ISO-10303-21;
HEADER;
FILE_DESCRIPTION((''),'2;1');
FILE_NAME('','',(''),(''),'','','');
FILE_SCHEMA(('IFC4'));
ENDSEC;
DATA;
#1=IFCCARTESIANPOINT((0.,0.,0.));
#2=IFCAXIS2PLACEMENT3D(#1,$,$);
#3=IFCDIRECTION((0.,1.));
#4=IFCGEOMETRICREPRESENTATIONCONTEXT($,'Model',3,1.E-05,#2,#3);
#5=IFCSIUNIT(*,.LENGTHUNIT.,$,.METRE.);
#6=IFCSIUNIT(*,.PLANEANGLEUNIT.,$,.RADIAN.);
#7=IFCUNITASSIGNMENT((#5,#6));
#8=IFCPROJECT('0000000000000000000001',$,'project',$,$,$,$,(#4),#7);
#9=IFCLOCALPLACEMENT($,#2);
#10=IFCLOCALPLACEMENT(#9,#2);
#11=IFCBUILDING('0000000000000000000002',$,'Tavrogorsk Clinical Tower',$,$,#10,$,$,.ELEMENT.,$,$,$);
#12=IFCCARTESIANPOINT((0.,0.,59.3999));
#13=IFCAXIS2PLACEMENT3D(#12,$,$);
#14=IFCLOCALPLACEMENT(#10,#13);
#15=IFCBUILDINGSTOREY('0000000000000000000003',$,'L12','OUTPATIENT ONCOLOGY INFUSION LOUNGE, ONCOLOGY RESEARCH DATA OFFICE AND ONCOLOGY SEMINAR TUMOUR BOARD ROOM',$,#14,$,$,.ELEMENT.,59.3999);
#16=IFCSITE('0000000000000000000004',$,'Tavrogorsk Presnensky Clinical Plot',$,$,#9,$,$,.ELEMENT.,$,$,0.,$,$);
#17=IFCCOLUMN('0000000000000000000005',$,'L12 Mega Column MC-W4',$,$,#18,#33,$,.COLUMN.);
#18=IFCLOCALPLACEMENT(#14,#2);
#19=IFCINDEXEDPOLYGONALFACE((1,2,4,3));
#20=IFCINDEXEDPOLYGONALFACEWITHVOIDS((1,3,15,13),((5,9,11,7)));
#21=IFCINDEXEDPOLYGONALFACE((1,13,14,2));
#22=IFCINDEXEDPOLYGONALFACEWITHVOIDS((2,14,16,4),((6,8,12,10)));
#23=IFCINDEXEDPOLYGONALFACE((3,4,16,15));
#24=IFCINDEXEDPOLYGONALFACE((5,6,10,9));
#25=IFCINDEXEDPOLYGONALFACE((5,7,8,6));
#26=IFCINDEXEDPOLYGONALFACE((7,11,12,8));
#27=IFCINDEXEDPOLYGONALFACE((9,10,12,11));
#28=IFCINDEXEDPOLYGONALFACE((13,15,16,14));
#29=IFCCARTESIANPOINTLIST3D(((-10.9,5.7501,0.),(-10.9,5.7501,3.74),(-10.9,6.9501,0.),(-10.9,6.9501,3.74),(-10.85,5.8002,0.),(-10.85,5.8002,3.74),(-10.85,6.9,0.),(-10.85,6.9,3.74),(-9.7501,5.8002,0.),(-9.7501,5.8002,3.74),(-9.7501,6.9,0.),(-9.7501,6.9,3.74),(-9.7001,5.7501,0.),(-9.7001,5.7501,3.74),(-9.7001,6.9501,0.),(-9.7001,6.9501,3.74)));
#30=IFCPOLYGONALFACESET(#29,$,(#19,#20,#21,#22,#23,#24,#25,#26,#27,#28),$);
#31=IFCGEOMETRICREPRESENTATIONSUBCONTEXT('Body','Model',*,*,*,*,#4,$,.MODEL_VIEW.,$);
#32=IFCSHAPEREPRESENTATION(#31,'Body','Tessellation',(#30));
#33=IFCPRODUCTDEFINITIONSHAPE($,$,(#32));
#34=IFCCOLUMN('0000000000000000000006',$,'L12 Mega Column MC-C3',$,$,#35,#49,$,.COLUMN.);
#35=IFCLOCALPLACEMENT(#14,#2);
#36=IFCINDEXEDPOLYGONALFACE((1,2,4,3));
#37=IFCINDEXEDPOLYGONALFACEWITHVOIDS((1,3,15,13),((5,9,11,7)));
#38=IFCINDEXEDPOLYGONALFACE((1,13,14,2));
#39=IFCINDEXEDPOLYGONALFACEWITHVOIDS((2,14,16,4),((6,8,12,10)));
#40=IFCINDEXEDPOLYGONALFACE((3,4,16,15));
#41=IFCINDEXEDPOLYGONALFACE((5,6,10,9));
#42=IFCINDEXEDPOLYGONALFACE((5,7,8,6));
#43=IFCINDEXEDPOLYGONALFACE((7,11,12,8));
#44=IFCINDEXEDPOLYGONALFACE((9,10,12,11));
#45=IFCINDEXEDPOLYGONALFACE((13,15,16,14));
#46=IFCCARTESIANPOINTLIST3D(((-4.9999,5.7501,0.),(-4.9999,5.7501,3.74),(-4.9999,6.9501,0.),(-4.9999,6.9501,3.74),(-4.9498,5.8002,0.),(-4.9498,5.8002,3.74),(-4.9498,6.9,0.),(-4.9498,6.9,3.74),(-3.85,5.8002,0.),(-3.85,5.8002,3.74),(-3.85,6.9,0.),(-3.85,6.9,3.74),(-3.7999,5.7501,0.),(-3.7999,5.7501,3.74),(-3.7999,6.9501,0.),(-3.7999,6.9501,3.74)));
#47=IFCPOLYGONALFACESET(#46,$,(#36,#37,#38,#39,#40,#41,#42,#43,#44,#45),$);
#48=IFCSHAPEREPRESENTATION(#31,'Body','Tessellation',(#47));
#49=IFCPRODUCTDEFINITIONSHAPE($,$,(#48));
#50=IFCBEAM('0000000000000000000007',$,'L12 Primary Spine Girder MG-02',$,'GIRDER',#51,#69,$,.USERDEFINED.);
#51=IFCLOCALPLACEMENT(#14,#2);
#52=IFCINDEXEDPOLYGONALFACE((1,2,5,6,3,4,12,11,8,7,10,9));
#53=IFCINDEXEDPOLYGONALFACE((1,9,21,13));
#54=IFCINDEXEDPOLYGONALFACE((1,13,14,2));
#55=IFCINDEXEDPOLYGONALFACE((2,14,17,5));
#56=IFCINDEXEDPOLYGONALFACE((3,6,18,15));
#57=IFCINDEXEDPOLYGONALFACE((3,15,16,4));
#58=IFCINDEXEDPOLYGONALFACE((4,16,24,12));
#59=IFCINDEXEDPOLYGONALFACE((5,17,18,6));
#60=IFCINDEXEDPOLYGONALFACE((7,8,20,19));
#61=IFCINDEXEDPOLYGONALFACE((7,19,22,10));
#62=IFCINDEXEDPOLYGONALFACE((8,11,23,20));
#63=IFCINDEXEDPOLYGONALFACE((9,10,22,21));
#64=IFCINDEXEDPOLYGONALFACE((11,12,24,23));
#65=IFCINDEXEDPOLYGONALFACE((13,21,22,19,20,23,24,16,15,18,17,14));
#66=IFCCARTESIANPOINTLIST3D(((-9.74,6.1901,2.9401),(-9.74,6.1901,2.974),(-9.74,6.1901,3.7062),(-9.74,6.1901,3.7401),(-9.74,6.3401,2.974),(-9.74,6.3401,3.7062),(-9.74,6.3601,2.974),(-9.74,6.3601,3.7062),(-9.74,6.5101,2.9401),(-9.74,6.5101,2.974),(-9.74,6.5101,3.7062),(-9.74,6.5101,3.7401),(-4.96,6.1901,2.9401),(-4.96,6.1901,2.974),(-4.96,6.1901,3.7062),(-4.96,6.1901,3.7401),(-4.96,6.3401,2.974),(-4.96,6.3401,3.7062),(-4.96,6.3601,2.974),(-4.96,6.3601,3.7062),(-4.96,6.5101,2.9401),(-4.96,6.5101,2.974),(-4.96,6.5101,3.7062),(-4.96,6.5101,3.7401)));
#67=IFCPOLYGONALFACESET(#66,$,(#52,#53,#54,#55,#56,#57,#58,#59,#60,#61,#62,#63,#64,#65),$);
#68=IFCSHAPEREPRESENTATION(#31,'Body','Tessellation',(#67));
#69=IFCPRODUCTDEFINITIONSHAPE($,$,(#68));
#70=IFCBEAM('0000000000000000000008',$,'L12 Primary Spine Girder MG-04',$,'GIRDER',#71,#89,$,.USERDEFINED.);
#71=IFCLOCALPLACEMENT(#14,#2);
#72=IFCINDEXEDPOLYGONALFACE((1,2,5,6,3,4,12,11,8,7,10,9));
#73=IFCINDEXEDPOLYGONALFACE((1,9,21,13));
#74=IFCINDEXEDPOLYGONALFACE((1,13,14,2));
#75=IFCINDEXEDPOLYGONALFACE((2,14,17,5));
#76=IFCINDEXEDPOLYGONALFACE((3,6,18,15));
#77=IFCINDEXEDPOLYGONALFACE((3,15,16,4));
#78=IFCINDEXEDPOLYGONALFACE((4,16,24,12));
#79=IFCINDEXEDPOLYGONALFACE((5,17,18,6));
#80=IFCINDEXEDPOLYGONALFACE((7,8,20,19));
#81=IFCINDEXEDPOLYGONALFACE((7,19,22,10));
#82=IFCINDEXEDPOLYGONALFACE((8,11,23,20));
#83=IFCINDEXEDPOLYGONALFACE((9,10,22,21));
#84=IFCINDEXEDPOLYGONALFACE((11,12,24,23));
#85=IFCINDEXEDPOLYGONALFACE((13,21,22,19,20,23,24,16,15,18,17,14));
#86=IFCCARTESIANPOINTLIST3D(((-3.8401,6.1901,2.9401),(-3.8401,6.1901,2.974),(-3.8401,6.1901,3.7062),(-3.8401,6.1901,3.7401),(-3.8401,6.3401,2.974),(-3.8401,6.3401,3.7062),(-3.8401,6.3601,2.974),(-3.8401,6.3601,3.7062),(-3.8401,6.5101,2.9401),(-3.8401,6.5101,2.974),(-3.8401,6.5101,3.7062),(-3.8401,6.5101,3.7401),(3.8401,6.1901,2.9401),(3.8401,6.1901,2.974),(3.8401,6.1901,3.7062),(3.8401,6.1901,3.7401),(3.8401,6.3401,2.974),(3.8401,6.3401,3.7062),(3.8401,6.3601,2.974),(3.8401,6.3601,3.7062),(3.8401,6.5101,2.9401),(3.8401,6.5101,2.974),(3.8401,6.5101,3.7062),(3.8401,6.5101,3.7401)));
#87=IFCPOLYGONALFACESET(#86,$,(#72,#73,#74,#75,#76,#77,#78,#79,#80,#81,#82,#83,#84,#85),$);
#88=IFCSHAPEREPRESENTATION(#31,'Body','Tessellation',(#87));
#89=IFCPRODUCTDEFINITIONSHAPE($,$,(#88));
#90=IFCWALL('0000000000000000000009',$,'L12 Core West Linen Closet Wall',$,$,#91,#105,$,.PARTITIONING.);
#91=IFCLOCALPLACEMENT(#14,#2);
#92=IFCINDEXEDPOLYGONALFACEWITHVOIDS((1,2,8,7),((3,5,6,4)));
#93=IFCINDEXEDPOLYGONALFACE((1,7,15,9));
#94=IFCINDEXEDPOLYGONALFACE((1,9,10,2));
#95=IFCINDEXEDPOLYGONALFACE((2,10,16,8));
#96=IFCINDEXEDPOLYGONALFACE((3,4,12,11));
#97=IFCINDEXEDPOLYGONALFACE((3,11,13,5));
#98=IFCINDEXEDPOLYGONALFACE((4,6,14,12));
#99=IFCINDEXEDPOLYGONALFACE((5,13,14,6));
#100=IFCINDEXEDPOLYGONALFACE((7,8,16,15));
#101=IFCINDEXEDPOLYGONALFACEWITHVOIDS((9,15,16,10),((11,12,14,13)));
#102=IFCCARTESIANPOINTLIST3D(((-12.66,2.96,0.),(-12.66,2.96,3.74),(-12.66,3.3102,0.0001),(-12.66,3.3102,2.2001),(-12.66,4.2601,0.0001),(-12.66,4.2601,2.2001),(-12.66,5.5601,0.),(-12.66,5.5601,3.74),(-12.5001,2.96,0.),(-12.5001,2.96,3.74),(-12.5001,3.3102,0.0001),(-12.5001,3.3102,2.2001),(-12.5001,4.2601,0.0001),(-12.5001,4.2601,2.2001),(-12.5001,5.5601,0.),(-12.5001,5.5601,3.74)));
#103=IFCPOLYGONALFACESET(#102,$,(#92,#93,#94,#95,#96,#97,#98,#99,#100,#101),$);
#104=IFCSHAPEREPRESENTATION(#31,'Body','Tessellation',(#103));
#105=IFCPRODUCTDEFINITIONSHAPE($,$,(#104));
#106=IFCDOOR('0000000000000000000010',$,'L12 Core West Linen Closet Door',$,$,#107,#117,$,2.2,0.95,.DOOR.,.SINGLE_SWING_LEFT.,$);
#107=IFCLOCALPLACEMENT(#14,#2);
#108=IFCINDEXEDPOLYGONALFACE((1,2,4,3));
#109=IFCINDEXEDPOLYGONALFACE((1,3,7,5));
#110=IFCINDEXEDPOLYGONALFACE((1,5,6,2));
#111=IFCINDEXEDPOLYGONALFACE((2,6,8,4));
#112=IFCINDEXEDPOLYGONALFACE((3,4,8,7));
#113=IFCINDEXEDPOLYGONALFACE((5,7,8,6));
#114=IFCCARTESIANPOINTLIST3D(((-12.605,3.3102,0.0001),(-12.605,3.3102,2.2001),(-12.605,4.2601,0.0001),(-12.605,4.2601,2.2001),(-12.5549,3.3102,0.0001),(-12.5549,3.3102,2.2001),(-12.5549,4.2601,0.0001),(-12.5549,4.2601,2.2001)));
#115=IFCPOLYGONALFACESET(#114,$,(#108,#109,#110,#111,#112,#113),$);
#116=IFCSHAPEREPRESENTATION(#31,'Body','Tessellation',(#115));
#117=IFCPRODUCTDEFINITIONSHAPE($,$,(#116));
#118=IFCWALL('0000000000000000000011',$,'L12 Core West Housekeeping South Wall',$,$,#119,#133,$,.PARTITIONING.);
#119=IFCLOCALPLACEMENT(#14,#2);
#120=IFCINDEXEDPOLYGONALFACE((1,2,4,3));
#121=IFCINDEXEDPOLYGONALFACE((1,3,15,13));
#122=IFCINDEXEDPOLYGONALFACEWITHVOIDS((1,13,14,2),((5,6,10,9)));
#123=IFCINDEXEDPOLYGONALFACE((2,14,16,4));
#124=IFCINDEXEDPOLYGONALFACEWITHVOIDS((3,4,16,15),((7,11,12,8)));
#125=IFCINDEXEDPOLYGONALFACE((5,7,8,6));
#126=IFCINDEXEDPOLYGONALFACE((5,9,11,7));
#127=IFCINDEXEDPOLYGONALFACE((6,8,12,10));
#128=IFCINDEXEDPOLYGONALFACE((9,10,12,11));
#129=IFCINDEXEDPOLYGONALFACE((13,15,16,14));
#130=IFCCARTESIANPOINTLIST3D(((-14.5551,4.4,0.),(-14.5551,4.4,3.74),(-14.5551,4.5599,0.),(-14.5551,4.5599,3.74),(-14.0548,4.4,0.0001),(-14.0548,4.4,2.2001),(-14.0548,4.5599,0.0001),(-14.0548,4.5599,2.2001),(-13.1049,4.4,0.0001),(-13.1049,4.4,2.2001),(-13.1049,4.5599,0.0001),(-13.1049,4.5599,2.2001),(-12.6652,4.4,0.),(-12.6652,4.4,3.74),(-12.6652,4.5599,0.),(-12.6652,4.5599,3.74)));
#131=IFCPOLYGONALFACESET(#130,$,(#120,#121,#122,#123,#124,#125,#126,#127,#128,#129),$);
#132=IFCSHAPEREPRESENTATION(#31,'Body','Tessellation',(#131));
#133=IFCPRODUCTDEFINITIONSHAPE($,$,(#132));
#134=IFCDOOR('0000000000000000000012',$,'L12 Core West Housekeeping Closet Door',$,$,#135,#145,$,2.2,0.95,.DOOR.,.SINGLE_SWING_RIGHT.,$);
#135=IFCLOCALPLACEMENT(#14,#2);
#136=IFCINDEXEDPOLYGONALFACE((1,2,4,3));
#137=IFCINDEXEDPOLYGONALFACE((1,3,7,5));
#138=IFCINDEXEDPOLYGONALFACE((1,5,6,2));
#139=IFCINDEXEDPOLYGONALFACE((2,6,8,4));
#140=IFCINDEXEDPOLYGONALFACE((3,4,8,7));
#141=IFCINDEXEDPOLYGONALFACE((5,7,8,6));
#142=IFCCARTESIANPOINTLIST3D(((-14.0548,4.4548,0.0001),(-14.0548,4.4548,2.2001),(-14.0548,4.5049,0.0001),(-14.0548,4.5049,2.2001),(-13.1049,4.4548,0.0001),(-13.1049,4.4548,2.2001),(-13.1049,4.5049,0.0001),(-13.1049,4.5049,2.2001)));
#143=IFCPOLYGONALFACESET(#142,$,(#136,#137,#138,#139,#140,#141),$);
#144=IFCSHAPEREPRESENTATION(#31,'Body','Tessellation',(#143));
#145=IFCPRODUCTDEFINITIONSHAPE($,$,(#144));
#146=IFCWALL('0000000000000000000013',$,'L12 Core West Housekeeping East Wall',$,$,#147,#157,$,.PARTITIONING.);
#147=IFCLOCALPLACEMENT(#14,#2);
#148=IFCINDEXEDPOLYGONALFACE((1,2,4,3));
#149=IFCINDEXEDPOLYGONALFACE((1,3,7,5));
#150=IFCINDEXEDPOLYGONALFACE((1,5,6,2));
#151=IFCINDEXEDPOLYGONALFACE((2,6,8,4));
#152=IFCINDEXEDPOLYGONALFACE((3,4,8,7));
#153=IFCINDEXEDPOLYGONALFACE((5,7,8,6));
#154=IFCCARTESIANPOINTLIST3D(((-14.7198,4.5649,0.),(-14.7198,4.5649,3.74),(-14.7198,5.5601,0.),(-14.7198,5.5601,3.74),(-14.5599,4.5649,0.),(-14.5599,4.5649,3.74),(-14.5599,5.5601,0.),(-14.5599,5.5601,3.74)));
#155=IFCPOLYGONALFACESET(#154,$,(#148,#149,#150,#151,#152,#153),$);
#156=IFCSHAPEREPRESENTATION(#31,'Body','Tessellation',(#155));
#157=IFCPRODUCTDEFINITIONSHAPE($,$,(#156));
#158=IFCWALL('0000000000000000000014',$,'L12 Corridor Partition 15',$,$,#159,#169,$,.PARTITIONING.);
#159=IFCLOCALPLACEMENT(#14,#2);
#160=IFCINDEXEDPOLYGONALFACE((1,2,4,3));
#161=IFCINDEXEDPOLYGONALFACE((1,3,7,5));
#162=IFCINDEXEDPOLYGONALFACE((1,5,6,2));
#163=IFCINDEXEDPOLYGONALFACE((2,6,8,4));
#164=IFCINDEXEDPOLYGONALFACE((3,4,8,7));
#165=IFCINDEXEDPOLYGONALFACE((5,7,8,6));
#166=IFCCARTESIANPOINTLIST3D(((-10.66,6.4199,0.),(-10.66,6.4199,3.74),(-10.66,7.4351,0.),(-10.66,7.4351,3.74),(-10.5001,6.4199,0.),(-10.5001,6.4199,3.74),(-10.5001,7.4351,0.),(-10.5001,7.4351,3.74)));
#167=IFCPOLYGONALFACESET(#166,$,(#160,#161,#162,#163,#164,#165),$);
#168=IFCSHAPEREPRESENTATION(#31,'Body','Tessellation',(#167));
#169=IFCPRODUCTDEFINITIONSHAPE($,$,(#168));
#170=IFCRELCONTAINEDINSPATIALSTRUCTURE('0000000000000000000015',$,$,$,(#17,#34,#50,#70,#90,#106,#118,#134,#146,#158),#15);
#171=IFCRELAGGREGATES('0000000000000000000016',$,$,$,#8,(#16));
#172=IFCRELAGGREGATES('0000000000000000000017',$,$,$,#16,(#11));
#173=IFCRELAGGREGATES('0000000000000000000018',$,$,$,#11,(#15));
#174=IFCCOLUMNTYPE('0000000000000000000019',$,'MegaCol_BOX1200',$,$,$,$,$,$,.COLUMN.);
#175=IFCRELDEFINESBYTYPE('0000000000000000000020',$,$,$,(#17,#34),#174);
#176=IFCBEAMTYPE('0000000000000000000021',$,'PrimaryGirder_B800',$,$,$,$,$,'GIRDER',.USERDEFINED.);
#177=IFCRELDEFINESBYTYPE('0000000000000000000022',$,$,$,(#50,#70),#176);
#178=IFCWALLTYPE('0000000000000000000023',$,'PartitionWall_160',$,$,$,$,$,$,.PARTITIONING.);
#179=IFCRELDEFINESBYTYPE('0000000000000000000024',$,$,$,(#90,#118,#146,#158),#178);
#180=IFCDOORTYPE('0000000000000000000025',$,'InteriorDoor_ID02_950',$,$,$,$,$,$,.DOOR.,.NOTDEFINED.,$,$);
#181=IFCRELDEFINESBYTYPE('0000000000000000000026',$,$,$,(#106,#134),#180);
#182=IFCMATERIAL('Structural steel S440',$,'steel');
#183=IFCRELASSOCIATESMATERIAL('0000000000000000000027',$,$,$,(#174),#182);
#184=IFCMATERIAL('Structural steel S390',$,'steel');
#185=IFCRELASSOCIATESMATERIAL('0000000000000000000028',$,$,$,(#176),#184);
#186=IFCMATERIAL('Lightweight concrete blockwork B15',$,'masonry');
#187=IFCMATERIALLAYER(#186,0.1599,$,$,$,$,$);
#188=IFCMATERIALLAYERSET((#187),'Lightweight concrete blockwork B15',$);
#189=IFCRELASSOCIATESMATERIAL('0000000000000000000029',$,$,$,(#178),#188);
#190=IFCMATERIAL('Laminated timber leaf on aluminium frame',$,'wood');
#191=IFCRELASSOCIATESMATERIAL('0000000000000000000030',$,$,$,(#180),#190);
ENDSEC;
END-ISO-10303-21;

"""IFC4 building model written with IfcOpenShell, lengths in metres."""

from ifc_helpers import new_model, si_unit, direction, frame, frame_2d, origin, origin_2d, place, context, subcontext, project, spatial, rectangle, hollow_rectangle, i_section, extrude, material, layer, layer_set, material_profile, profile_set, type_object, element, fill, save


model = new_model("IFC4")

# Units and contexts
model_context = context("Model", 3, precision=1e-05, world=origin(), true_north=direction((0.0, 1.0)))
body_context = subcontext(model_context, "Body", "Model", "MODEL_VIEW")
ifc_project = project(units=[si_unit("LENGTHUNIT", "METRE"), si_unit("PLANEANGLEUNIT", "RADIAN")], contexts=[model_context])

# Site, building, storey
site_placement = place(None, origin())
site = spatial("IfcSite", under=ifc_project, at=site_placement, Name="Tavrogorsk Presnensky Clinical Plot", CompositionType="ELEMENT", RefElevation=0.0)
building_placement = place(site_placement, origin())
building = spatial("IfcBuilding", under=site, at=building_placement, Name="Tavrogorsk Clinical Tower", CompositionType="ELEMENT")
storey_placement = place(building_placement, frame((0.0, 0.0, 59.3999)))
storey = spatial("IfcBuildingStorey", under=building, at=storey_placement, Name="L12", Description="OUTPATIENT ONCOLOGY INFUSION LOUNGE, ONCOLOGY RESEARCH DATA OFFICE AND ONCOLOGY SEMINAR TUMOUR BOARD ROOM", CompositionType="ELEMENT", Elevation=59.3999)

# Columns
ifc_material_1 = material(Name="Structural steel S440", Category="steel")
ifc_material_profile_1 = material_profile(ifc_material_1, hollow_rectangle(XDim=1.2, YDim=1.2, WallThickness=0.05, at=origin_2d()), Name="BOX-1200x1200x50")
ifc_profile_set_1 = profile_set([ifc_material_profile_1], Name="Structural steel S440")
column_type = type_object("IfcColumnType", Name="MegaCol_BOX1200", PredefinedType="COLUMN", material=ifc_profile_set_1)
for number, where, z_axis, x_axis, name in (
    (1, (-10.3, 6.3501, 0.0), (0.0, 0.0, 1.0), (1.0, 0.0, 0.0), "L12 Mega Column MC-W4"),
    (2, (-4.3999, 6.3501, 0.0), (0.0, 0.0, 1.0), (1.0, 0.0, 0.0), "L12 Mega Column MC-C3"),
):
    element("IfcColumn", number, at=place(storey_placement, frame(where, z_axis=z_axis, x_axis=x_axis)), inside=storey, type_object=column_type, Name=name, PredefinedType="COLUMN", context=body_context, shape_type="SweptSolid", body=[
        extrude(hollow_rectangle(XDim=1.2, YDim=1.2, WallThickness=0.05, at=origin_2d()), origin(), (0.0, 0.0, 1.0), 3.74),
    ])

# Beams
ifc_material_2 = material(Name="Structural steel S390", Category="steel")
ifc_material_profile_2 = material_profile(ifc_material_2, i_section(OverallWidth=0.3201, OverallDepth=0.8, WebThickness=0.02, FlangeThickness=0.0339, at=origin_2d()), Name="B-800x320x20x34")
ifc_profile_set_2 = profile_set([ifc_material_profile_2], Name="Structural steel S390")
beam_type = type_object("IfcBeamType", Name="PrimaryGirder_B800", ElementType="GIRDER", PredefinedType="USERDEFINED", material=ifc_profile_set_2)
beam_1_placement = place(storey_placement, frame((-9.74, 6.3501, 3.3401), z_axis=(1.0, 0.0, 0.0), x_axis=(0.0, 1.0, 0.0)))
element("IfcBeam", 3, at=beam_1_placement, inside=storey, type_object=beam_type, Name="L12 Primary Spine Girder MG-02", ObjectType="GIRDER", PredefinedType="USERDEFINED", context=body_context, shape_type="SweptSolid", body=[
    extrude(i_section(OverallWidth=0.3201, OverallDepth=0.8, WebThickness=0.02, FlangeThickness=0.0339, at=origin_2d()), origin(), (0.0, 0.0, 1.0), 4.78),
])
beam_2_placement = place(storey_placement, frame((-3.8401, 6.3501, 3.3401), z_axis=(1.0, 0.0, 0.0), x_axis=(0.0, 1.0, 0.0)))
element("IfcBeam", 4, at=beam_2_placement, inside=storey, type_object=beam_type, Name="L12 Primary Spine Girder MG-04", ObjectType="GIRDER", PredefinedType="USERDEFINED", context=body_context, shape_type="SweptSolid", body=[
    extrude(i_section(OverallWidth=0.3201, OverallDepth=0.8, WebThickness=0.02, FlangeThickness=0.0339, at=origin_2d()), origin(), (0.0, 0.0, 1.0), 7.6802),
])

# Walls, openings, doors
ifc_material_3 = material(Name="Lightweight concrete blockwork B15", Category="masonry")
ifc_layer_1 = layer(ifc_material_3, 0.1599)
ifc_layer_set_1 = layer_set([ifc_layer_1], Name="Lightweight concrete blockwork B15")
wall_type_1 = type_object("IfcWallType", Name="PartitionWall_160", PredefinedType="PARTITIONING", material=ifc_layer_set_1)
wall_1_placement = place(storey_placement, frame((-12.5801, 2.96, 0.0), z_axis=(0.0, 0.0, 1.0), x_axis=(0.0, 1.0, 0.0)))
wall_1 = element("IfcWall", 5, at=wall_1_placement, inside=storey, type_object=wall_type_1, Name="L12 Core West Linen Closet Wall", PredefinedType="PARTITIONING", context=body_context, shape_type="SweptSolid", body=[
    extrude(rectangle(XDim=2.6001, YDim=0.1599, at=frame_2d((1.3, 0.0))), origin(), (0.0, 0.0, 1.0), 3.74),
])
opening_1_placement = place(wall_1_placement, frame((0.3501, 0.0, 0.0)))
opening_1 = element("IfcOpeningElement", 6, at=opening_1_placement, cuts=wall_1, PredefinedType="OPENING", context=body_context, shape_type="SweptSolid", body=[
    extrude(rectangle(XDim=0.95, YDim=2.2, at=frame_2d((0.4751, 1.1001))), frame((0.0, 0.0898, 0.0), z_axis=(0.0, -1.0, 0.0), x_axis=(1.0, 0.0, 0.0)), (0.0, 0.0, 1.0), 0.1799),
])
ifc_material_4 = material(Name="Laminated timber leaf on aluminium frame", Category="wood")
door_type_1 = type_object("IfcDoorType", Name="InteriorDoor_ID02_950", OperationType="NOTDEFINED", PredefinedType="DOOR", material=ifc_material_4)
door_1_placement = place(opening_1_placement, origin())
door_1 = element("IfcDoor", 7, at=door_1_placement, inside=storey, type_object=door_type_1, Name="L12 Core West Linen Closet Door", OperationType="SINGLE_SWING_LEFT", OverallHeight=2.2, OverallWidth=0.95, PredefinedType="DOOR", context=body_context, shape_type="SweptSolid", body=[
    extrude(rectangle(XDim=0.95, YDim=2.2, at=frame_2d((0.4751, 1.1001))), frame((0.0, 0.0249, 0.0), z_axis=(0.0, -1.0, 0.0), x_axis=(1.0, 0.0, 0.0)), (0.0, 0.0, 1.0), 0.05),
])
fill(opening_1, door_1)
wall_2_placement = place(storey_placement, frame((-14.5549, 4.48, 0.0), z_axis=(0.0, 0.0, 1.0), x_axis=(1.0, 0.0, 0.0)))
wall_2 = element("IfcWall", 8, at=wall_2_placement, inside=storey, type_object=wall_type_1, Name="L12 Core West Housekeeping South Wall", PredefinedType="PARTITIONING", context=body_context, shape_type="SweptSolid", body=[
    extrude(rectangle(XDim=1.8899, YDim=0.1599, at=frame_2d((0.9448, 0.0))), origin(), (0.0, 0.0, 1.0), 3.74),
])
opening_2_placement = place(wall_2_placement, frame((0.5, 0.0, 0.0)))
opening_2 = element("IfcOpeningElement", 9, at=opening_2_placement, cuts=wall_2, PredefinedType="OPENING", context=body_context, shape_type="SweptSolid", body=[
    extrude(rectangle(XDim=0.95, YDim=2.2, at=frame_2d((0.4751, 1.1001))), frame((0.0, 0.0898, 0.0), z_axis=(0.0, -1.0, 0.0), x_axis=(1.0, 0.0, 0.0)), (0.0, 0.0, 1.0), 0.1799),
])
door_2_placement = place(opening_2_placement, origin())
door_2 = element("IfcDoor", 10, at=door_2_placement, inside=storey, type_object=door_type_1, Name="L12 Core West Housekeeping Closet Door", OperationType="SINGLE_SWING_RIGHT", OverallHeight=2.2, OverallWidth=0.95, PredefinedType="DOOR", context=body_context, shape_type="SweptSolid", body=[
    extrude(rectangle(XDim=0.95, YDim=2.2, at=frame_2d((0.4751, 1.1001))), frame((0.0, 0.0249, 0.0), z_axis=(0.0, -1.0, 0.0), x_axis=(1.0, 0.0, 0.0)), (0.0, 0.0, 1.0), 0.05),
])
fill(opening_2, door_2)

# Walls
wall_3_placement = place(storey_placement, frame((-14.6399, 4.5649, 0.0), z_axis=(0.0, 0.0, 1.0), x_axis=(0.0, 1.0, 0.0)))
element("IfcWall", 11, at=wall_3_placement, inside=storey, type_object=wall_type_1, Name="L12 Core West Housekeeping East Wall", PredefinedType="PARTITIONING", context=body_context, shape_type="SweptSolid", body=[
    extrude(rectangle(XDim=0.9951, YDim=0.1599, at=frame_2d((0.4976, 0.0))), origin(), (0.0, 0.0, 1.0), 3.74),
])
wall_4_placement = place(storey_placement, frame((-10.5801, 6.4199, 0.0), z_axis=(0.0, 0.0, 1.0), x_axis=(0.0, 1.0, 0.0)))
element("IfcWall", 12, at=wall_4_placement, inside=storey, type_object=wall_type_1, Name="L12 Corridor Partition 15", PredefinedType="PARTITIONING", context=body_context, shape_type="SweptSolid", body=[
    extrude(rectangle(XDim=1.0151, YDim=0.1599, at=frame_2d((0.5076, 0.0))), origin(), (0.0, 0.0, 1.0), 3.74),
])

save(model, "model.ifc")
